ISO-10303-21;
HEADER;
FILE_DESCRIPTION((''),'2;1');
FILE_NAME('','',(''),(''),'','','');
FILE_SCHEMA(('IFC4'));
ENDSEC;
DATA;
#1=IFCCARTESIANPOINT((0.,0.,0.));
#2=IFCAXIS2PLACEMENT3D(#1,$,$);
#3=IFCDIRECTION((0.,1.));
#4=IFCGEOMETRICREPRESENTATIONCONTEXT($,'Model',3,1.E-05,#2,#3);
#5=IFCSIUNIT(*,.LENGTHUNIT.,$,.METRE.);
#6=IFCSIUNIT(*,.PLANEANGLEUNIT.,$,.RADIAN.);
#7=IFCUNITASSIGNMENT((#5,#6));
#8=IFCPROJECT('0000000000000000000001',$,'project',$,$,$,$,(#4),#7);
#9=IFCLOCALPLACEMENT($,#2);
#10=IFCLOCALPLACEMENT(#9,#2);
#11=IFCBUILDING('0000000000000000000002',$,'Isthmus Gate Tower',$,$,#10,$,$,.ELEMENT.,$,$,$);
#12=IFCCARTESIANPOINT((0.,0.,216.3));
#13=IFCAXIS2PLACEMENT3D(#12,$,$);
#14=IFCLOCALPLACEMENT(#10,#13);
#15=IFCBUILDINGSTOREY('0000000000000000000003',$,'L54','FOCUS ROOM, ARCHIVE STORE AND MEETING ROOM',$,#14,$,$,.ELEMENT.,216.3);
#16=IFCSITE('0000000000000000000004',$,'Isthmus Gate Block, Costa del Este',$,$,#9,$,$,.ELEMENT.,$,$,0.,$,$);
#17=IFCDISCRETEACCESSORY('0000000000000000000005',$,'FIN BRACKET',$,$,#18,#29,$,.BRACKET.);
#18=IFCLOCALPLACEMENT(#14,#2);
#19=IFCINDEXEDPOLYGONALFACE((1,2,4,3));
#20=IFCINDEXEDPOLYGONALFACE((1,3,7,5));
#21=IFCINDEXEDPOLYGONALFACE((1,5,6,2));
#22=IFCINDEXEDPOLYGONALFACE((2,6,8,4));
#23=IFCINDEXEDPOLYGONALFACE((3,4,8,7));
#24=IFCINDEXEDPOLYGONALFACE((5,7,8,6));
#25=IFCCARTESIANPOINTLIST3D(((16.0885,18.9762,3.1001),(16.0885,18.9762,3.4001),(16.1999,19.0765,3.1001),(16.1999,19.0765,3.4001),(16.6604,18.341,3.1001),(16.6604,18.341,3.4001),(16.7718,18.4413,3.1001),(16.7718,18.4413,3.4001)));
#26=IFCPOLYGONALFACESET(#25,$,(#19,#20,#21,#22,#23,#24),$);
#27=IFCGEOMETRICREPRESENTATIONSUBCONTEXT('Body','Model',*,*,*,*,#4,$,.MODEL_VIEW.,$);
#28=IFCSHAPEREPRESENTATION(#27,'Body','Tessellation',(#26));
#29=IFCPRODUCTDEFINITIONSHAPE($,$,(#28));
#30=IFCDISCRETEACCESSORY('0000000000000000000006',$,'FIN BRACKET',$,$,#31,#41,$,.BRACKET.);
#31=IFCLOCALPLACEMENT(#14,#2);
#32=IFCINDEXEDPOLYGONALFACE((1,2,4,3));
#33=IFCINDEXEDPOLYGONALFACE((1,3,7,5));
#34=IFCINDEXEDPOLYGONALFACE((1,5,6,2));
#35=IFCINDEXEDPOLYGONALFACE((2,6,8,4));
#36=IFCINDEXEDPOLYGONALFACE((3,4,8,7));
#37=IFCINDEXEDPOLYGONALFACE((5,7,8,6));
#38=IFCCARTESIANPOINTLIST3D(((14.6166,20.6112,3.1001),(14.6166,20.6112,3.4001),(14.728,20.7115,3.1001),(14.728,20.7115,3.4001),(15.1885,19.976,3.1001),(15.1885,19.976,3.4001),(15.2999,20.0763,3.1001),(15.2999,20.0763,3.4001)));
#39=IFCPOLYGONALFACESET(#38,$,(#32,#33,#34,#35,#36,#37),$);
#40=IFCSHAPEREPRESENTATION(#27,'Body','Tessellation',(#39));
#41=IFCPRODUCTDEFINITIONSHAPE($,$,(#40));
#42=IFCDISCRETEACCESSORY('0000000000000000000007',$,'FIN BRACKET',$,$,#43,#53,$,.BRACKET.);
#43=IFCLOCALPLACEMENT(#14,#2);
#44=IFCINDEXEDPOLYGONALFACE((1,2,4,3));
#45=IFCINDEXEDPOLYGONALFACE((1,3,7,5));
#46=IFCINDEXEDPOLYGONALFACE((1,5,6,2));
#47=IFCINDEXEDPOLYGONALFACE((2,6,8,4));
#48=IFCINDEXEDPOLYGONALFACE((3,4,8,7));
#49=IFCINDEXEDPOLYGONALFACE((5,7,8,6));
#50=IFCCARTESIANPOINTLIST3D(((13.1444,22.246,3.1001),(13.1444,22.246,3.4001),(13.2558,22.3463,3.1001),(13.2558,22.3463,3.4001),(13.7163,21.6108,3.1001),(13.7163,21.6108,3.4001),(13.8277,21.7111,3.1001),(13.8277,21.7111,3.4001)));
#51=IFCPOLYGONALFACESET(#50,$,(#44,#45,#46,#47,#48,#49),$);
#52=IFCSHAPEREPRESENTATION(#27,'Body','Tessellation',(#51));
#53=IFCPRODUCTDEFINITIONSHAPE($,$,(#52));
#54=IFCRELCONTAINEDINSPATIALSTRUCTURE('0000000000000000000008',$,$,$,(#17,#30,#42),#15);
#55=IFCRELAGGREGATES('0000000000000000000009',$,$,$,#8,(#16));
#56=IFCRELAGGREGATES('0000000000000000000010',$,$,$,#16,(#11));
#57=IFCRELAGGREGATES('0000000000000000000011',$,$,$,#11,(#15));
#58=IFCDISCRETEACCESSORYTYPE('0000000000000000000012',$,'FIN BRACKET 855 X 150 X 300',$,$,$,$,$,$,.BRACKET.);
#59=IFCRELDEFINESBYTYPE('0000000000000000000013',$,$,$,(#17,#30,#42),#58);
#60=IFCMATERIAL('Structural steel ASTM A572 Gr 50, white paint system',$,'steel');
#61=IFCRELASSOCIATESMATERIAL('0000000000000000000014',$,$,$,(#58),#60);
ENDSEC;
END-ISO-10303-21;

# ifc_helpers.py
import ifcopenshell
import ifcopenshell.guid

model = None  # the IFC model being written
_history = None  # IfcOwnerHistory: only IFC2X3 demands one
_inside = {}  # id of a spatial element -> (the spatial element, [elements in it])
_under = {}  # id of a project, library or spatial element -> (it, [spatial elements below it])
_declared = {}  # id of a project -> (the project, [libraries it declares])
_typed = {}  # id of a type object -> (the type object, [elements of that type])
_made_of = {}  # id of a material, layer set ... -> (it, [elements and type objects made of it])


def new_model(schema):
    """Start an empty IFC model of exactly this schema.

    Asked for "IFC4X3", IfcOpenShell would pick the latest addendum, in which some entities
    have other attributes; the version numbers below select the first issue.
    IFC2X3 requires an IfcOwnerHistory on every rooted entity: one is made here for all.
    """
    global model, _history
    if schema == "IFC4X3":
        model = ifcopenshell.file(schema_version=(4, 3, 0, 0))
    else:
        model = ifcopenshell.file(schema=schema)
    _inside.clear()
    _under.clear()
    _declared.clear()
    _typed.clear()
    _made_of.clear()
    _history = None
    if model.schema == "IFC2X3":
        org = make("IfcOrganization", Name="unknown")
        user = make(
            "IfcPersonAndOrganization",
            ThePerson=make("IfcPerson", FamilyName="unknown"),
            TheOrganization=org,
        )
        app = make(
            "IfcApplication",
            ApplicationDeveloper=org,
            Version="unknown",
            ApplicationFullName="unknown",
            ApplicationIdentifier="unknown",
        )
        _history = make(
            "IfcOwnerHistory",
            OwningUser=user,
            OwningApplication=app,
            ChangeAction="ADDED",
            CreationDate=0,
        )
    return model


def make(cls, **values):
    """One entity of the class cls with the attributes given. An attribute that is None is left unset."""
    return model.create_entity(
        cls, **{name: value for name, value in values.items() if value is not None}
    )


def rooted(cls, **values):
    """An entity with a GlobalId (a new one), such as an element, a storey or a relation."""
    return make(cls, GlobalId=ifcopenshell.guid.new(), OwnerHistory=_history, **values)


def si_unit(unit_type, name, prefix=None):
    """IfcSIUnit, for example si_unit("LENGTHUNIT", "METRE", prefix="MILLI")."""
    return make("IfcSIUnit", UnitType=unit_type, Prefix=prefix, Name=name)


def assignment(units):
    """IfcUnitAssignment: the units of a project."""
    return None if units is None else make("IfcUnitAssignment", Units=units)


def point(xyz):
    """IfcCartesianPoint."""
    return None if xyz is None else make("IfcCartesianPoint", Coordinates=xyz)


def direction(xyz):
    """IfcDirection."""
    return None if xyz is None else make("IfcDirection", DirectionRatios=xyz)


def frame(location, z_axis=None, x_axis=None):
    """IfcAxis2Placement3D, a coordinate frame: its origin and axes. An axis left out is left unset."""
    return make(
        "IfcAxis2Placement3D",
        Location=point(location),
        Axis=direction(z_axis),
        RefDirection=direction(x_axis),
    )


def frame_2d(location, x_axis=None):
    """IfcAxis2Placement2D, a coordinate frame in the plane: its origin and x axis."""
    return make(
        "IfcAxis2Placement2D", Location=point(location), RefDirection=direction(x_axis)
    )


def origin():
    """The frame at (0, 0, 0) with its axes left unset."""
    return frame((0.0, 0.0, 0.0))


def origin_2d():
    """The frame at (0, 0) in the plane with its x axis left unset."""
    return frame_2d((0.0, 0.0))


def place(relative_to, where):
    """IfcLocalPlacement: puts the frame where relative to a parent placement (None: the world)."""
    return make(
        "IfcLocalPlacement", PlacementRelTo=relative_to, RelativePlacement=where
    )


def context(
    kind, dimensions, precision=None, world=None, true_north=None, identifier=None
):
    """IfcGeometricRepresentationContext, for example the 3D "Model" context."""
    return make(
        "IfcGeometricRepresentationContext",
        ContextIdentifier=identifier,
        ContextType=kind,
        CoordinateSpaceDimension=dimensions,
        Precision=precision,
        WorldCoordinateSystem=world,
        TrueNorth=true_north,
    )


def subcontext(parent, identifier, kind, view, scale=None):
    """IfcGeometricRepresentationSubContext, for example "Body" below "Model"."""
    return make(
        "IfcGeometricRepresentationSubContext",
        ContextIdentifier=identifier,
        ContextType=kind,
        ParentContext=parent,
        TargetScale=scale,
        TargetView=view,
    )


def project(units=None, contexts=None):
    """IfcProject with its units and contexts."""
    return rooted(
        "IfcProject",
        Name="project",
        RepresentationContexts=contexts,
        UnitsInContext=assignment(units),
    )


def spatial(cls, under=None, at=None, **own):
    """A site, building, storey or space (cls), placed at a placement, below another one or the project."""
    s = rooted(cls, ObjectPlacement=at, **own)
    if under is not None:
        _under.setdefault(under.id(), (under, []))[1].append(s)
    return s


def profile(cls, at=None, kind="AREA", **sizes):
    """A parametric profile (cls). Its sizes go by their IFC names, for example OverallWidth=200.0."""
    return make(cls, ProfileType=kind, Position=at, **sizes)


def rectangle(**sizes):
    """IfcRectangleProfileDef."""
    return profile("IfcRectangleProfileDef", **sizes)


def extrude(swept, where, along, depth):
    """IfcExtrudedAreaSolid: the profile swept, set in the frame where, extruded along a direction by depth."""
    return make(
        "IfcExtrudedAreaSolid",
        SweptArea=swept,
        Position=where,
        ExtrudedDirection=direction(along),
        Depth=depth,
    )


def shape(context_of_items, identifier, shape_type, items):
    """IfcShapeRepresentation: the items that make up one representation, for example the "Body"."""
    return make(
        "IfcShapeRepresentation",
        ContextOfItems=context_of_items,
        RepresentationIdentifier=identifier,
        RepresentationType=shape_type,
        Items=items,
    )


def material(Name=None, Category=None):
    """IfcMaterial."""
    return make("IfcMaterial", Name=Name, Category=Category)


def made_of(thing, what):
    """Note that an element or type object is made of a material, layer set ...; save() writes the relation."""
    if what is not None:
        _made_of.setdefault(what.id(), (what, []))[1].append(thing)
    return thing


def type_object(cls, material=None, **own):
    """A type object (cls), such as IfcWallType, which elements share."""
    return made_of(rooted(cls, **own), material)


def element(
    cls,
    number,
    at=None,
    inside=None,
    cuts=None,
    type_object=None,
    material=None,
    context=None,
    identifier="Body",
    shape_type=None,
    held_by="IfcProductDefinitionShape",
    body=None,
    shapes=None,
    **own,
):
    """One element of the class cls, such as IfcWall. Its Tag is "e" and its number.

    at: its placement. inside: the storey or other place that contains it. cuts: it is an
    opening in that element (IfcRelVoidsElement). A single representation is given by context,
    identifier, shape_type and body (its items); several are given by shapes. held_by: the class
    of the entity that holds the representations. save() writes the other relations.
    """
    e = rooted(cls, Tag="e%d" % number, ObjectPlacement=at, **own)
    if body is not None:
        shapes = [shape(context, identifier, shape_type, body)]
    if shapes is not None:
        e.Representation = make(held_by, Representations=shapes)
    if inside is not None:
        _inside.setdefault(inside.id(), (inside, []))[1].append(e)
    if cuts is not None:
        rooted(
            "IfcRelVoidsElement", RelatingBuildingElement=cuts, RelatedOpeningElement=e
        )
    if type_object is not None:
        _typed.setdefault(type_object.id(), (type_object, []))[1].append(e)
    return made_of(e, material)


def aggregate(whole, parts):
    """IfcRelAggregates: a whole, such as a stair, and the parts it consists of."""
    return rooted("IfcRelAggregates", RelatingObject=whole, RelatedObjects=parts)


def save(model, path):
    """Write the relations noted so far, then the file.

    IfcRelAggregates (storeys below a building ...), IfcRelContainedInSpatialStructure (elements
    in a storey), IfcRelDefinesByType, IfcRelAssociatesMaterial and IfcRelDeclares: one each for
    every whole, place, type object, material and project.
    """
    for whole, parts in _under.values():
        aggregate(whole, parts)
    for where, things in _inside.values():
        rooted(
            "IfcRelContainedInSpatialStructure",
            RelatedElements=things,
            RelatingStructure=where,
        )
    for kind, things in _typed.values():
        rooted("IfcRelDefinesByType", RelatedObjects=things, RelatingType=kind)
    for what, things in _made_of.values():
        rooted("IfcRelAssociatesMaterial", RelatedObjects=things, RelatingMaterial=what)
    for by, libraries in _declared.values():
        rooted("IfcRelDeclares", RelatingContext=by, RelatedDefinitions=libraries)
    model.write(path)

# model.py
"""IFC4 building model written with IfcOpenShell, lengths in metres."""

from ifc_helpers import new_model, si_unit, direction, frame, origin, origin_2d, place, context, subcontext, project, spatial, rectangle, extrude, material, type_object, element, save


model = new_model("IFC4")

# Units and contexts
model_context = context("Model", 3, precision=1e-05, world=origin(), true_north=direction((0.0, 1.0)))
body_context = subcontext(model_context, "Body", "Model", "MODEL_VIEW")
ifc_project = project(units=[si_unit("LENGTHUNIT", "METRE"), si_unit("PLANEANGLEUNIT", "RADIAN")], contexts=[model_context])

# Site, building, storey
site_placement = place(None, origin())
site = spatial("IfcSite", under=ifc_project, at=site_placement, Name="Isthmus Gate Block, Costa del Este", CompositionType="ELEMENT", RefElevation=0.0)
building_placement = place(site_placement, origin())
building = spatial("IfcBuilding", under=site, at=building_placement, Name="Isthmus Gate Tower", CompositionType="ELEMENT")
storey_placement = place(building_placement, frame((0.0, 0.0, 216.3)))
storey = spatial("IfcBuildingStorey", under=building, at=storey_placement, Name="L54", Description="FOCUS ROOM, ARCHIVE STORE AND MEETING ROOM", CompositionType="ELEMENT", Elevation=216.3)

# Discrete accessories
ifc_material_1 = material(Name="Structural steel ASTM A572 Gr 50, white paint system", Category="steel")
discrete_accessory_type = type_object("IfcDiscreteAccessoryType", Name="FIN BRACKET 855 X 150 X 300", PredefinedType="BRACKET", material=ifc_material_1)
for number, where, z_axis, x_axis, name in (
    (1, (16.4302, 18.7087, 3.1001), (0.0, 0.0, 1.0), (0.743145, 0.669131, 0.0), "FIN BRACKET"),
    (2, (14.9583, 20.3438, 3.1001), (0.0, 0.0, 1.0), (0.743145, 0.669131, 0.0), "FIN BRACKET"),
    (3, (13.4861, 21.9785, 3.1001), (0.0, 0.0, 1.0), (0.743145, 0.669131, 0.0), "FIN BRACKET"),
):
    element("IfcDiscreteAccessory", number, at=place(storey_placement, frame(where, z_axis=z_axis, x_axis=x_axis)), inside=storey, type_object=discrete_accessory_type, Name=name, PredefinedType="BRACKET", context=body_context, shape_type="SweptSolid", body=[
        extrude(rectangle(XDim=0.1499, YDim=0.8547, at=origin_2d()), origin(), (0.0, 0.0, 1.0), 0.3),
    ])

save(model, "model.ifc")
